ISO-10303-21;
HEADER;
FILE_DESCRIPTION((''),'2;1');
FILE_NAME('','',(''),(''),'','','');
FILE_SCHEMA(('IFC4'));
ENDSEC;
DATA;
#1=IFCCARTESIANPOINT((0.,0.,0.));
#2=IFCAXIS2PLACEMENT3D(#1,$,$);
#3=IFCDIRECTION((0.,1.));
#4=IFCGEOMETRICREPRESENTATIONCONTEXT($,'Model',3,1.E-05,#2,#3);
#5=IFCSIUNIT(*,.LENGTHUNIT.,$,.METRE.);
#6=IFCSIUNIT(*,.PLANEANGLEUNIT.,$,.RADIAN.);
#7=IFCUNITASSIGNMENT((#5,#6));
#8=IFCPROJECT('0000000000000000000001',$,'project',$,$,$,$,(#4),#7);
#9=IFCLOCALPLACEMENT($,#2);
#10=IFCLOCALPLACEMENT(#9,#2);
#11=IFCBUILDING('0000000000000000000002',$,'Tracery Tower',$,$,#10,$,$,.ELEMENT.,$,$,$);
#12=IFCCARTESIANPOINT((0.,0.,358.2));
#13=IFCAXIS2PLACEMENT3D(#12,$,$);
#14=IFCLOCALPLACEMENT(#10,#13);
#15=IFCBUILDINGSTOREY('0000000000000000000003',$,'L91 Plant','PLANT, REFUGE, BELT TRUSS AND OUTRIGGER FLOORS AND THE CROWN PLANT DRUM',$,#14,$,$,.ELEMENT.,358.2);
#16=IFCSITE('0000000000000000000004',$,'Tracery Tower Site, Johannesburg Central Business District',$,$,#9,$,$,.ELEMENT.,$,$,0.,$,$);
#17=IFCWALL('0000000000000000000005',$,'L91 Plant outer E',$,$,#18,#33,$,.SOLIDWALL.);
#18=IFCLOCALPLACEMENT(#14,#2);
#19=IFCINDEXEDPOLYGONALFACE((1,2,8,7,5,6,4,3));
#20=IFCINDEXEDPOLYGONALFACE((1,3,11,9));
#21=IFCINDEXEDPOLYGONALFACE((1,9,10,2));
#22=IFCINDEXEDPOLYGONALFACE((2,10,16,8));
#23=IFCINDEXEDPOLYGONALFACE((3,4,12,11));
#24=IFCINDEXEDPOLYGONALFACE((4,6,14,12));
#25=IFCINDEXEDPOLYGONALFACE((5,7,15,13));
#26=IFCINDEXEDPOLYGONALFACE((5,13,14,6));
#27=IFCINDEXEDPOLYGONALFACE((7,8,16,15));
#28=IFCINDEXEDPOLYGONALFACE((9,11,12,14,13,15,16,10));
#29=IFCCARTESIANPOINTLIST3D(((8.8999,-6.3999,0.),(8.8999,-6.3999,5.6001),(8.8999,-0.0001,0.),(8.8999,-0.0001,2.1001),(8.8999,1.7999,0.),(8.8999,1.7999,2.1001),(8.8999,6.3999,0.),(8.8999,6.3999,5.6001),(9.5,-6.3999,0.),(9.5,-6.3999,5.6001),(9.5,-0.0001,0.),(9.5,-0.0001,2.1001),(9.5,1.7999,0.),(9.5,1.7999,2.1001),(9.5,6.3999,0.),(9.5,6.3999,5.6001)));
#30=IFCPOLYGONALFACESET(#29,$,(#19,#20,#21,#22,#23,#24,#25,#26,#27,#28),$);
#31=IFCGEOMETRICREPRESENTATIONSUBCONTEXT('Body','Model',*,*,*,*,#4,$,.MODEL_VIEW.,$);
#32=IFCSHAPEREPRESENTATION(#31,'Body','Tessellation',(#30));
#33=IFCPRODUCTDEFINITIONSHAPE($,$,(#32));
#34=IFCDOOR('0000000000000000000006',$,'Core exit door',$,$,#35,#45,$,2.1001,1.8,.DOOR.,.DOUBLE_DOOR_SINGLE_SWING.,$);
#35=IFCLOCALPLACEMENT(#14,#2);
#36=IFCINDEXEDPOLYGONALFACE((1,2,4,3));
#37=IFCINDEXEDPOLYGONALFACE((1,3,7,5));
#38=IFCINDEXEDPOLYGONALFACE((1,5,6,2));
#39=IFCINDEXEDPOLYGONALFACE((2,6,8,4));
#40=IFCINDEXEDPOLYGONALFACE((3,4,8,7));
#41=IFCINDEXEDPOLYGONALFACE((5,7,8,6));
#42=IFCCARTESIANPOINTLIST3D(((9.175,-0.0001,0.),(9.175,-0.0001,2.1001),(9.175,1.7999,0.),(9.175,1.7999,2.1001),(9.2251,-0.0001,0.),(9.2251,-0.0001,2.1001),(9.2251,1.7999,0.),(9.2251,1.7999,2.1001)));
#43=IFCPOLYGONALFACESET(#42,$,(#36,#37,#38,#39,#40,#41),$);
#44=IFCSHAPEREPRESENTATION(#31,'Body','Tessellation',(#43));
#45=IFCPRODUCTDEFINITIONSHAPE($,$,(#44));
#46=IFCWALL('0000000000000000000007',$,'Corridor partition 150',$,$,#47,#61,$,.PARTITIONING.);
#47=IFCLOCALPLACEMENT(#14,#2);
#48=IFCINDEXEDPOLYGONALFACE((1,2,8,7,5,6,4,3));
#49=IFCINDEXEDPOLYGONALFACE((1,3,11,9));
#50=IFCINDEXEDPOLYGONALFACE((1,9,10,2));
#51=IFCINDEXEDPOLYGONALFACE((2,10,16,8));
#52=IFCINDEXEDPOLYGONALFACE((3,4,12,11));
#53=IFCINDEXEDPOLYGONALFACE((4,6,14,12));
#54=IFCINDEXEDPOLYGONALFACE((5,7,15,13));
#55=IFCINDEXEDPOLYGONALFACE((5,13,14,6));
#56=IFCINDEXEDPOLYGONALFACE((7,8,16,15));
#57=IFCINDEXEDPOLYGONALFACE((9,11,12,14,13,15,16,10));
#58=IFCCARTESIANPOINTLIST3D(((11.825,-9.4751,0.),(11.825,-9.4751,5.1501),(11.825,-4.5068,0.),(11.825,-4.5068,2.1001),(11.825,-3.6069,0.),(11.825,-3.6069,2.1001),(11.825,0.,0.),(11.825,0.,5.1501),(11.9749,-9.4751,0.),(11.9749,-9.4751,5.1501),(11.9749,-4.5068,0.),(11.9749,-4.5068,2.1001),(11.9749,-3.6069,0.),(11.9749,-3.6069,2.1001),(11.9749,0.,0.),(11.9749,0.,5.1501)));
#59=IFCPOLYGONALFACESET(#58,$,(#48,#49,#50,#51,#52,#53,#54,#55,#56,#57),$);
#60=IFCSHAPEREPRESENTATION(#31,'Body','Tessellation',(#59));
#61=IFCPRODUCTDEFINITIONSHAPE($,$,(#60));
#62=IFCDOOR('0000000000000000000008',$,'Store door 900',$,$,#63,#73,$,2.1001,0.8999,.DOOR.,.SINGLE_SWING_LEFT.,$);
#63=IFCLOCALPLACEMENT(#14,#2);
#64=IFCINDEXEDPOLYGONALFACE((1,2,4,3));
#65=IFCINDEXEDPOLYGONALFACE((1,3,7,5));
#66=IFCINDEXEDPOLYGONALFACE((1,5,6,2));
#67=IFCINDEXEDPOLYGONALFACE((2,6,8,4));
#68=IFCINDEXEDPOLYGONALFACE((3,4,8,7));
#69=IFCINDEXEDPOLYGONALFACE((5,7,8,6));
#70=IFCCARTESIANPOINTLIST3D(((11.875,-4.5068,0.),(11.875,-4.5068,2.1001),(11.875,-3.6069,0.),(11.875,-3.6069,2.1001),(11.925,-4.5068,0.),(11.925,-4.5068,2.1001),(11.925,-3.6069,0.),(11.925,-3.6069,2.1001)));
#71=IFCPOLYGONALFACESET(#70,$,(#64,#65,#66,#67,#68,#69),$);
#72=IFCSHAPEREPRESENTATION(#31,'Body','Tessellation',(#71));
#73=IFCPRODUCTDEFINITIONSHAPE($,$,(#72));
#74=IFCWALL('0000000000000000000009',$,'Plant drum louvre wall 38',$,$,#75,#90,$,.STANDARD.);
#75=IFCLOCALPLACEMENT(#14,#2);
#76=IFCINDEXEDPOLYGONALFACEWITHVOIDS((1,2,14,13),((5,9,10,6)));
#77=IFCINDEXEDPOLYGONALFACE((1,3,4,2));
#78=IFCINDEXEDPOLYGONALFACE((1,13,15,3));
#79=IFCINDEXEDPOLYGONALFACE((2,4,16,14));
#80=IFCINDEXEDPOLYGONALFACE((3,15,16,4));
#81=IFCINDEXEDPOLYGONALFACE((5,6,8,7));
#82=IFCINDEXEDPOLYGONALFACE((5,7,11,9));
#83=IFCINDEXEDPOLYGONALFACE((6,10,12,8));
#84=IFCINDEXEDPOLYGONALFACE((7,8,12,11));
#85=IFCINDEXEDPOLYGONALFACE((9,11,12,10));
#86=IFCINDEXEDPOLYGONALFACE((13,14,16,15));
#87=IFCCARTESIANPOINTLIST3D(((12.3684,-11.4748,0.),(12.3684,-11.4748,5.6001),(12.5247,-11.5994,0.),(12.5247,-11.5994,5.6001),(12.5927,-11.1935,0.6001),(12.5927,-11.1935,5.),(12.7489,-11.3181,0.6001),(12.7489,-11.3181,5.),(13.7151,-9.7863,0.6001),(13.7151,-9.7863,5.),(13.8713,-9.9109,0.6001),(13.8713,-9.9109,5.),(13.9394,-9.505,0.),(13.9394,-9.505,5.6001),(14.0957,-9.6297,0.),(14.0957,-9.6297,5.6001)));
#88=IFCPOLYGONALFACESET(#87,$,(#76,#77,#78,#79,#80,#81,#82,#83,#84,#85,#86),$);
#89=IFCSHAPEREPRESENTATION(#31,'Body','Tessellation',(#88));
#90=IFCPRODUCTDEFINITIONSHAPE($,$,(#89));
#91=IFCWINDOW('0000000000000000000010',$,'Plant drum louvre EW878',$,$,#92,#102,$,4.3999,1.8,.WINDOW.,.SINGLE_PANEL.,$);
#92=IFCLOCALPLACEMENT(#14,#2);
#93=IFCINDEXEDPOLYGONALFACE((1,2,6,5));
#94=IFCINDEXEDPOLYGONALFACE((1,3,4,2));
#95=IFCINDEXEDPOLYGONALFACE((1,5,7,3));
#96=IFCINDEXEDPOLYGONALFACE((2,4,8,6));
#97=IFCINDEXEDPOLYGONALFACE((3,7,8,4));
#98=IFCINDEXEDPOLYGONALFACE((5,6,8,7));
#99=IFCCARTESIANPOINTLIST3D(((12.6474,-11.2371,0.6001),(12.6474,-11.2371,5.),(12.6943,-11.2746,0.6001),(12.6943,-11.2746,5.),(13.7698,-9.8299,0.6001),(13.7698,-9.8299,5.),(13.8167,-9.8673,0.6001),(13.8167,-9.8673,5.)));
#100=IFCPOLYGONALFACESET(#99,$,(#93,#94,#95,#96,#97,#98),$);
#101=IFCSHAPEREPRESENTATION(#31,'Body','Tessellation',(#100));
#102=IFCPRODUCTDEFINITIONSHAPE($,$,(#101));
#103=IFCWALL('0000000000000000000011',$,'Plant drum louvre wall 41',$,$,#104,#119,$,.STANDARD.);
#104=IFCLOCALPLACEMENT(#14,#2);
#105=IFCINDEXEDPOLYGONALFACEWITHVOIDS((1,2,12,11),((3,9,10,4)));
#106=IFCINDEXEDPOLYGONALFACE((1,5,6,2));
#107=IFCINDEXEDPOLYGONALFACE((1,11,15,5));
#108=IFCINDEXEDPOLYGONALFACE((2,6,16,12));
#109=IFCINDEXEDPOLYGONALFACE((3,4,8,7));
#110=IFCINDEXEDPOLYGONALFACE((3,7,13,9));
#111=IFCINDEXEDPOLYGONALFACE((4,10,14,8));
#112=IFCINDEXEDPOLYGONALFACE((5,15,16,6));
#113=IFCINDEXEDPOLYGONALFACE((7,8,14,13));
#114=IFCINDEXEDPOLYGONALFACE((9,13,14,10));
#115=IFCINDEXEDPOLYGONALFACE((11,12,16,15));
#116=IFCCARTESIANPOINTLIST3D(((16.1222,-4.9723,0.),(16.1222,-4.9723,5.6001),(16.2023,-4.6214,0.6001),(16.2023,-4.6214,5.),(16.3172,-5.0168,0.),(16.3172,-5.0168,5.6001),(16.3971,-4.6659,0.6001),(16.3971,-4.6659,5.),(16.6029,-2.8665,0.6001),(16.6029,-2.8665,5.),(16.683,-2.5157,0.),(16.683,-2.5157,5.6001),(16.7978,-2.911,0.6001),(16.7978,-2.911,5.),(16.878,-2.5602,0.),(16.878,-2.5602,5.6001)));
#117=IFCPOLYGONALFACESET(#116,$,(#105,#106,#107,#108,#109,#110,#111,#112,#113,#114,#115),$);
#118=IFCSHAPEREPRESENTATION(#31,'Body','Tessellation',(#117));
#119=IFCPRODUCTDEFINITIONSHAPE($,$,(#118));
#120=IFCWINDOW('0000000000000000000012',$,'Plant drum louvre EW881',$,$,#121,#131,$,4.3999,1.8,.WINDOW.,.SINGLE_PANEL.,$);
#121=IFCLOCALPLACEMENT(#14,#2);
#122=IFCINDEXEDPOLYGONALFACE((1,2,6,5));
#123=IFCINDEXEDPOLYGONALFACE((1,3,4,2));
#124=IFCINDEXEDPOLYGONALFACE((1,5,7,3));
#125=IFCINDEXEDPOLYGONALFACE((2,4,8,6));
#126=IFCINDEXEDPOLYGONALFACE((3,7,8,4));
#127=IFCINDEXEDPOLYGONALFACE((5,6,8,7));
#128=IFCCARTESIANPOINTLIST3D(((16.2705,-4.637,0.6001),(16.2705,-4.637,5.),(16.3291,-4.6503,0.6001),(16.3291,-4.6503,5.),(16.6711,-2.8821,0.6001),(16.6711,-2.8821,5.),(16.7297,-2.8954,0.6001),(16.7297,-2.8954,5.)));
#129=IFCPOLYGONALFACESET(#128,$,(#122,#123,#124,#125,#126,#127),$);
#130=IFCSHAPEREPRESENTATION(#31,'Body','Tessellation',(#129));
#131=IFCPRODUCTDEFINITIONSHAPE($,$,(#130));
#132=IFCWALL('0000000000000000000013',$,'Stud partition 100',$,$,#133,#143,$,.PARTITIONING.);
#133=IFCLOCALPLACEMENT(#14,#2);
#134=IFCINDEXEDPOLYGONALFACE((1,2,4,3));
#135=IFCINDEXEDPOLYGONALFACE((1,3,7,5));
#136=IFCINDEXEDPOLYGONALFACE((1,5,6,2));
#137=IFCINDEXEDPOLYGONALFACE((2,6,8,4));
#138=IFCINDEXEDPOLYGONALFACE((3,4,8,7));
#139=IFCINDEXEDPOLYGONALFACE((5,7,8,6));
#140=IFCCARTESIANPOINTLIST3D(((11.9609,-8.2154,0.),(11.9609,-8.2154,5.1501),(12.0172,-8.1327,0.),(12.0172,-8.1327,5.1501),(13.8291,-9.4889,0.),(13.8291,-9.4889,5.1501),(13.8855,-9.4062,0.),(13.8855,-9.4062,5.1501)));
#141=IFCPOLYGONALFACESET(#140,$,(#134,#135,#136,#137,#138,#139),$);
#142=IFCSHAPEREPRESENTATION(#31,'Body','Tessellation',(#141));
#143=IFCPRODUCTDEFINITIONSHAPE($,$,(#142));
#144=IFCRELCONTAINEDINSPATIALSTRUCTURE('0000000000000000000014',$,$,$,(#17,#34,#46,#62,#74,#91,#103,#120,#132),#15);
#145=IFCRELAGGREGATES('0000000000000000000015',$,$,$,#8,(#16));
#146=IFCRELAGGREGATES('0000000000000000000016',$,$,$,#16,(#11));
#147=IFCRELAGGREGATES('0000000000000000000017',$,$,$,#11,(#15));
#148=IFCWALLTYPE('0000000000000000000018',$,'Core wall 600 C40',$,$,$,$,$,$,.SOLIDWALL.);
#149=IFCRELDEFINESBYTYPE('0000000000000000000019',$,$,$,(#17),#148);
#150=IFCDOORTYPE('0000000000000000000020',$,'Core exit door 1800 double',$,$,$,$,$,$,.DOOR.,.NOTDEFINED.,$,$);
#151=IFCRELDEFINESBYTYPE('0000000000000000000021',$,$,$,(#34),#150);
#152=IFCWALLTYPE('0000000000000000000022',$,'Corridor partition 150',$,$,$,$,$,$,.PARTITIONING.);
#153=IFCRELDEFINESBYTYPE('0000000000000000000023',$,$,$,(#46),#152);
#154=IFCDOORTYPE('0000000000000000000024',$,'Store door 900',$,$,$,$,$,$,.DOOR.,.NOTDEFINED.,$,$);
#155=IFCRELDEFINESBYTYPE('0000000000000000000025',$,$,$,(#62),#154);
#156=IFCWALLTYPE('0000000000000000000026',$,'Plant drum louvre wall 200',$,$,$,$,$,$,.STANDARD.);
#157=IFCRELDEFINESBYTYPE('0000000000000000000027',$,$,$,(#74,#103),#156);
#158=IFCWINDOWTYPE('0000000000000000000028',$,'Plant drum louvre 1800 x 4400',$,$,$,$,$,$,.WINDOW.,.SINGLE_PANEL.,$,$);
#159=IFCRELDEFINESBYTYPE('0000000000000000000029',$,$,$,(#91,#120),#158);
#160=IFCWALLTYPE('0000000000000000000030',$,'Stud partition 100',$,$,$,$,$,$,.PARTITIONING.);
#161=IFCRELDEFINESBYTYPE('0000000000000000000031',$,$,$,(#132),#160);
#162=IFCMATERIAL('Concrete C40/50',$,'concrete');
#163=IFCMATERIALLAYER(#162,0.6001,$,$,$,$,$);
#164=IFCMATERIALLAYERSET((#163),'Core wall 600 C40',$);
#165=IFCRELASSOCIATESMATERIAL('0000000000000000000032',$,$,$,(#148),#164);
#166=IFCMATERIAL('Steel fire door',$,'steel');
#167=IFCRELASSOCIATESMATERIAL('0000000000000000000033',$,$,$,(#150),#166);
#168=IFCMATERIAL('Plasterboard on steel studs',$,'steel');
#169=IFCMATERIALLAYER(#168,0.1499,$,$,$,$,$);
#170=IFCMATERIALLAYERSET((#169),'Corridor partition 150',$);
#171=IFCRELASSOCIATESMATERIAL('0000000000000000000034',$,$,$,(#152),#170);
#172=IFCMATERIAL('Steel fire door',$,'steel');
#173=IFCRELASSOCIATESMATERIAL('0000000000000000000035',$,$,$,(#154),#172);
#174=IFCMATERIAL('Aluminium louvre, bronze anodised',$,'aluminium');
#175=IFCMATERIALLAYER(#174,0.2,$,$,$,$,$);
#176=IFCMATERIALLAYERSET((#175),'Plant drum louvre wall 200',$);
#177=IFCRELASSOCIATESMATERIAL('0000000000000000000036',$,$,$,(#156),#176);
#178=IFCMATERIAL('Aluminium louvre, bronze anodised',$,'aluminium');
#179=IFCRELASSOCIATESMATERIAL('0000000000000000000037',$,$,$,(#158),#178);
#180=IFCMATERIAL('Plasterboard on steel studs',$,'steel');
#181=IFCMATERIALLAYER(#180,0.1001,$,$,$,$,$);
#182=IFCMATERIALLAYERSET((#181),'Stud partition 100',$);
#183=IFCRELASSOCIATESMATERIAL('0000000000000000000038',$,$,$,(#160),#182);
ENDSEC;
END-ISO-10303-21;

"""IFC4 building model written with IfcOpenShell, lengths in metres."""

from ifc_helpers import new_model, si_unit, direction, frame, frame_2d, origin, place, context, subcontext, project, spatial, rectangle, extrude, material, layer, layer_set, type_object, element, fill, save


model = new_model("IFC4")

# Units and contexts
model_context = context("Model", 3, precision=1e-05, world=origin(), true_north=direction((0.0, 1.0)))
body_context = subcontext(model_context, "Body", "Model", "MODEL_VIEW")
ifc_project = project(units=[si_unit("LENGTHUNIT", "METRE"), si_unit("PLANEANGLEUNIT", "RADIAN")], contexts=[model_context])

# Site, building, storey
site_placement = place(None, origin())
site = spatial("IfcSite", under=ifc_project, at=site_placement, Name="Tracery Tower Site, Johannesburg Central Business District", CompositionType="ELEMENT", RefElevation=0.0)
building_placement = place(site_placement, origin())
building = spatial("IfcBuilding", under=site, at=building_placement, Name="Tracery Tower", CompositionType="ELEMENT")
storey_placement = place(building_placement, frame((0.0, 0.0, 358.2)))
storey = spatial("IfcBuildingStorey", under=building, at=storey_placement, Name="L91 Plant", Description="PLANT, REFUGE, BELT TRUSS AND OUTRIGGER FLOORS AND THE CROWN PLANT DRUM", CompositionType="ELEMENT", Elevation=358.2)

# Walls, openings, doors
ifc_material_1 = material(Name="Concrete C40/50", Category="concrete")
ifc_layer_1 = layer(ifc_material_1, 0.6001)
ifc_layer_set_1 = layer_set([ifc_layer_1], Name="Core wall 600 C40")
wall_type_1 = type_object("IfcWallType", Name="Core wall 600 C40", PredefinedType="SOLIDWALL", material=ifc_layer_set_1)
wall_1_placement = place(storey_placement, frame((9.2, -6.3999, 0.0), z_axis=(0.0, 0.0, 1.0), x_axis=(0.0, 1.0, 0.0)))
wall_1 = element("IfcWall", 1, at=wall_1_placement, inside=storey, type_object=wall_type_1, Name="L91 Plant outer E", PredefinedType="SOLIDWALL", context=body_context, shape_type="SweptSolid", body=[
    extrude(rectangle(XDim=12.7998, YDim=0.6001, at=frame_2d((6.3999, 0.0))), origin(), (0.0, 0.0, 1.0), 5.6001),
])
opening_1_placement = place(wall_1_placement, frame((6.3999, 0.0, 0.0)))
opening_1 = element("IfcOpeningElement", 2, at=opening_1_placement, cuts=wall_1, PredefinedType="OPENING", context=body_context, shape_type="SweptSolid", body=[
    extrude(rectangle(XDim=1.8, YDim=2.1001, at=frame_2d((0.8999, 1.05))), frame((0.0, 0.3, 0.0), z_axis=(0.0, -1.0, 0.0), x_axis=(1.0, 0.0, 0.0)), (0.0, 0.0, 1.0), 0.6001),
])
ifc_material_2 = material(Name="Steel fire door", Category="steel")
door_type_1 = type_object("IfcDoorType", Name="Core exit door 1800 double", OperationType="NOTDEFINED", PredefinedType="DOOR", material=ifc_material_2)
door_1_placement = place(opening_1_placement, origin())
door_1 = element("IfcDoor", 3, at=door_1_placement, inside=storey, type_object=door_type_1, Name="Core exit door", OperationType="DOUBLE_DOOR_SINGLE_SWING", OverallHeight=2.1001, OverallWidth=1.8, PredefinedType="DOOR", context=body_context, shape_type="SweptSolid", body=[
    extrude(rectangle(XDim=1.8, YDim=2.1001, at=frame_2d((0.8999, 1.05))), frame((0.0, 0.0249, 0.0), z_axis=(0.0, -1.0, 0.0), x_axis=(1.0, 0.0, 0.0)), (0.0, 0.0, 1.0), 0.05),
])
fill(opening_1, door_1)
ifc_material_3 = material(Name="Plasterboard on steel studs", Category="steel")
ifc_layer_2 = layer(ifc_material_3, 0.1499)
ifc_layer_set_2 = layer_set([ifc_layer_2], Name="Corridor partition 150")
wall_type_2 = type_object("IfcWallType", Name="Corridor partition 150", PredefinedType="PARTITIONING", material=ifc_layer_set_2)
wall_2_placement = place(storey_placement, frame((11.8999, -9.4751, 0.0), z_axis=(0.0, 0.0, 1.0), x_axis=(0.0, 1.0, 0.0)))
wall_2 = element("IfcWall", 4, at=wall_2_placement, inside=storey, type_object=wall_type_2, Name="Corridor partition 150", PredefinedType="PARTITIONING", context=body_context, shape_type="SweptSolid", body=[
    extrude(rectangle(XDim=9.4751, YDim=0.1499, at=frame_2d((4.7375, 0.0))), origin(), (0.0, 0.0, 1.0), 5.1501),
])
opening_2_placement = place(wall_2_placement, frame((4.9683, 0.0, 0.0)))
opening_2 = element("IfcOpeningElement", 5, at=opening_2_placement, cuts=wall_2, PredefinedType="OPENING", context=body_context, shape_type="SweptSolid", body=[
    extrude(rectangle(XDim=0.8999, YDim=2.1001, at=frame_2d((0.45, 1.05))), frame((0.0, 0.075, 0.0), z_axis=(0.0, -1.0, 0.0), x_axis=(1.0, 0.0, 0.0)), (0.0, 0.0, 1.0), 0.1499),
])
ifc_material_4 = material(Name="Steel fire door", Category="steel")
door_type_2 = type_object("IfcDoorType", Name="Store door 900", OperationType="NOTDEFINED", PredefinedType="DOOR", material=ifc_material_4)
door_2_placement = place(opening_2_placement, origin())
door_2 = element("IfcDoor", 6, at=door_2_placement, inside=storey, type_object=door_type_2, Name="Store door 900", OperationType="SINGLE_SWING_LEFT", OverallHeight=2.1001, OverallWidth=0.8999, PredefinedType="DOOR", context=body_context, shape_type="SweptSolid", body=[
    extrude(rectangle(XDim=0.8999, YDim=2.1001, at=frame_2d((0.45, 1.05))), frame((0.0, 0.0249, 0.0), z_axis=(0.0, -1.0, 0.0), x_axis=(1.0, 0.0, 0.0)), (0.0, 0.0, 1.0), 0.05),
])
fill(opening_2, door_2)

# Walls, openings, windows
ifc_material_5 = material(Name="Aluminium louvre, bronze anodised", Category="aluminium")
ifc_layer_3 = layer(ifc_material_5, 0.2)
ifc_layer_set_3 = layer_set([ifc_layer_3], Name="Plant drum louvre wall 200")
wall_type_3 = type_object("IfcWallType", Name="Plant drum louvre wall 200", PredefinedType="STANDARD", material=ifc_layer_set_3)
ifc_material_6 = material(Name="Aluminium louvre, bronze anodised", Category="aluminium")
window_type = type_object("IfcWindowType", Name="Plant drum louvre 1800 x 4400", PartitioningType="SINGLE_PANEL", PredefinedType="WINDOW", material=ifc_material_6)
wall_3_placement = place(storey_placement, frame((12.4465, -11.5371, 0.0), z_axis=(0.0, 0.0, 1.0), x_axis=(0.623548, 0.781785, 0.0)))
wall_3 = element("IfcWall", 7, at=wall_3_placement, inside=storey, type_object=wall_type_3, Name="Plant drum louvre wall 38", PredefinedType="STANDARD", context=body_context, shape_type="SweptSolid", body=[
    extrude(rectangle(XDim=2.5195, YDim=0.2, at=frame_2d((1.2598, 0.0))), origin(), (0.0, 0.0, 1.0), 5.6001),
])
opening_3_placement = place(wall_3_placement, frame((0.3599, 0.0, 0.6001)))
opening_3 = element("IfcOpeningElement", 8, at=opening_3_placement, cuts=wall_3, PredefinedType="OPENING", context=body_context, shape_type="SweptSolid", body=[
    extrude(rectangle(XDim=1.8, YDim=4.3999, at=frame_2d((0.8999, 2.2))), frame((0.0, 0.1001, 0.0), z_axis=(0.0, -1.0, 0.0), x_axis=(1.0, 0.0, 0.0)), (0.0, 0.0, 1.0), 0.2),
])
window_1_placement = place(opening_3_placement, origin())
window_1 = element("IfcWindow", 9, at=window_1_placement, inside=storey, type_object=window_type, Name="Plant drum louvre EW878", OverallHeight=4.3999, OverallWidth=1.8, PartitioningType="SINGLE_PANEL", PredefinedType="WINDOW", context=body_context, shape_type="SweptSolid", body=[
    extrude(rectangle(XDim=1.8, YDim=4.3999, at=frame_2d((0.8999, 2.2))), frame((0.0, 0.03, 0.0), z_axis=(0.0, -1.0, 0.0), x_axis=(1.0, 0.0, 0.0)), (0.0, 0.0, 1.0), 0.0601),
])
fill(opening_3, window_1)
wall_4_placement = place(storey_placement, frame((16.2197, -4.9944, 0.0), z_axis=(0.0, 0.0, 1.0), x_axis=(0.222559, 0.974919, 0.0)))
wall_4 = element("IfcWall", 10, at=wall_4_placement, inside=storey, type_object=wall_type_3, Name="Plant drum louvre wall 41", PredefinedType="STANDARD", context=body_context, shape_type="SweptSolid", body=[
    extrude(rectangle(XDim=2.5198, YDim=0.2, at=frame_2d((1.2598, 0.0))), origin(), (0.0, 0.0, 1.0), 5.6001),
])
opening_4_placement = place(wall_4_placement, frame((0.3599, 0.0, 0.6001)))
opening_4 = element("IfcOpeningElement", 11, at=opening_4_placement, cuts=wall_4, PredefinedType="OPENING", context=body_context, shape_type="SweptSolid", body=[
    extrude(rectangle(XDim=1.8, YDim=4.3999, at=frame_2d((0.8999, 2.2))), frame((0.0, 0.1001, 0.0), z_axis=(0.0, -1.0, 0.0), x_axis=(1.0, 0.0, 0.0)), (0.0, 0.0, 1.0), 0.2),
])
window_2_placement = place(opening_4_placement, origin())
window_2 = element("IfcWindow", 12, at=window_2_placement, inside=storey, type_object=window_type, Name="Plant drum louvre EW881", OverallHeight=4.3999, OverallWidth=1.8, PartitioningType="SINGLE_PANEL", PredefinedType="WINDOW", context=body_context, shape_type="SweptSolid", body=[
    extrude(rectangle(XDim=1.8, YDim=4.3999, at=frame_2d((0.8999, 2.2))), frame((0.0, 0.03, 0.0), z_axis=(0.0, -1.0, 0.0), x_axis=(1.0, 0.0, 0.0)), (0.0, 0.0, 1.0), 0.0601),
])
fill(opening_4, window_2)

# Wall
ifc_material_7 = material(Name="Plasterboard on steel studs", Category="steel")
ifc_layer_4 = layer(ifc_material_7, 0.1001)
ifc_layer_set_4 = layer_set([ifc_layer_4], Name="Stud partition 100")
wall_type_4 = type_object("IfcWallType", Name="Stud partition 100", PredefinedType="PARTITIONING", material=ifc_layer_set_4)
wall_5_placement = place(storey_placement, frame((13.8572, -9.4475, 0.0), z_axis=(0.0, 0.0, 1.0), x_axis=(-0.826291, 0.563243, 0.0)))
element("IfcWall", 13, at=wall_5_placement, inside=storey, type_object=wall_type_4, Name="Stud partition 100", PredefinedType="PARTITIONING", context=body_context, shape_type="SweptSolid", body=[
    extrude(rectangle(XDim=2.261, YDim=0.1001, at=frame_2d((1.1304, 0.0))), origin(), (0.0, 0.0, 1.0), 5.1501),
])

save(model, "model.ifc")
